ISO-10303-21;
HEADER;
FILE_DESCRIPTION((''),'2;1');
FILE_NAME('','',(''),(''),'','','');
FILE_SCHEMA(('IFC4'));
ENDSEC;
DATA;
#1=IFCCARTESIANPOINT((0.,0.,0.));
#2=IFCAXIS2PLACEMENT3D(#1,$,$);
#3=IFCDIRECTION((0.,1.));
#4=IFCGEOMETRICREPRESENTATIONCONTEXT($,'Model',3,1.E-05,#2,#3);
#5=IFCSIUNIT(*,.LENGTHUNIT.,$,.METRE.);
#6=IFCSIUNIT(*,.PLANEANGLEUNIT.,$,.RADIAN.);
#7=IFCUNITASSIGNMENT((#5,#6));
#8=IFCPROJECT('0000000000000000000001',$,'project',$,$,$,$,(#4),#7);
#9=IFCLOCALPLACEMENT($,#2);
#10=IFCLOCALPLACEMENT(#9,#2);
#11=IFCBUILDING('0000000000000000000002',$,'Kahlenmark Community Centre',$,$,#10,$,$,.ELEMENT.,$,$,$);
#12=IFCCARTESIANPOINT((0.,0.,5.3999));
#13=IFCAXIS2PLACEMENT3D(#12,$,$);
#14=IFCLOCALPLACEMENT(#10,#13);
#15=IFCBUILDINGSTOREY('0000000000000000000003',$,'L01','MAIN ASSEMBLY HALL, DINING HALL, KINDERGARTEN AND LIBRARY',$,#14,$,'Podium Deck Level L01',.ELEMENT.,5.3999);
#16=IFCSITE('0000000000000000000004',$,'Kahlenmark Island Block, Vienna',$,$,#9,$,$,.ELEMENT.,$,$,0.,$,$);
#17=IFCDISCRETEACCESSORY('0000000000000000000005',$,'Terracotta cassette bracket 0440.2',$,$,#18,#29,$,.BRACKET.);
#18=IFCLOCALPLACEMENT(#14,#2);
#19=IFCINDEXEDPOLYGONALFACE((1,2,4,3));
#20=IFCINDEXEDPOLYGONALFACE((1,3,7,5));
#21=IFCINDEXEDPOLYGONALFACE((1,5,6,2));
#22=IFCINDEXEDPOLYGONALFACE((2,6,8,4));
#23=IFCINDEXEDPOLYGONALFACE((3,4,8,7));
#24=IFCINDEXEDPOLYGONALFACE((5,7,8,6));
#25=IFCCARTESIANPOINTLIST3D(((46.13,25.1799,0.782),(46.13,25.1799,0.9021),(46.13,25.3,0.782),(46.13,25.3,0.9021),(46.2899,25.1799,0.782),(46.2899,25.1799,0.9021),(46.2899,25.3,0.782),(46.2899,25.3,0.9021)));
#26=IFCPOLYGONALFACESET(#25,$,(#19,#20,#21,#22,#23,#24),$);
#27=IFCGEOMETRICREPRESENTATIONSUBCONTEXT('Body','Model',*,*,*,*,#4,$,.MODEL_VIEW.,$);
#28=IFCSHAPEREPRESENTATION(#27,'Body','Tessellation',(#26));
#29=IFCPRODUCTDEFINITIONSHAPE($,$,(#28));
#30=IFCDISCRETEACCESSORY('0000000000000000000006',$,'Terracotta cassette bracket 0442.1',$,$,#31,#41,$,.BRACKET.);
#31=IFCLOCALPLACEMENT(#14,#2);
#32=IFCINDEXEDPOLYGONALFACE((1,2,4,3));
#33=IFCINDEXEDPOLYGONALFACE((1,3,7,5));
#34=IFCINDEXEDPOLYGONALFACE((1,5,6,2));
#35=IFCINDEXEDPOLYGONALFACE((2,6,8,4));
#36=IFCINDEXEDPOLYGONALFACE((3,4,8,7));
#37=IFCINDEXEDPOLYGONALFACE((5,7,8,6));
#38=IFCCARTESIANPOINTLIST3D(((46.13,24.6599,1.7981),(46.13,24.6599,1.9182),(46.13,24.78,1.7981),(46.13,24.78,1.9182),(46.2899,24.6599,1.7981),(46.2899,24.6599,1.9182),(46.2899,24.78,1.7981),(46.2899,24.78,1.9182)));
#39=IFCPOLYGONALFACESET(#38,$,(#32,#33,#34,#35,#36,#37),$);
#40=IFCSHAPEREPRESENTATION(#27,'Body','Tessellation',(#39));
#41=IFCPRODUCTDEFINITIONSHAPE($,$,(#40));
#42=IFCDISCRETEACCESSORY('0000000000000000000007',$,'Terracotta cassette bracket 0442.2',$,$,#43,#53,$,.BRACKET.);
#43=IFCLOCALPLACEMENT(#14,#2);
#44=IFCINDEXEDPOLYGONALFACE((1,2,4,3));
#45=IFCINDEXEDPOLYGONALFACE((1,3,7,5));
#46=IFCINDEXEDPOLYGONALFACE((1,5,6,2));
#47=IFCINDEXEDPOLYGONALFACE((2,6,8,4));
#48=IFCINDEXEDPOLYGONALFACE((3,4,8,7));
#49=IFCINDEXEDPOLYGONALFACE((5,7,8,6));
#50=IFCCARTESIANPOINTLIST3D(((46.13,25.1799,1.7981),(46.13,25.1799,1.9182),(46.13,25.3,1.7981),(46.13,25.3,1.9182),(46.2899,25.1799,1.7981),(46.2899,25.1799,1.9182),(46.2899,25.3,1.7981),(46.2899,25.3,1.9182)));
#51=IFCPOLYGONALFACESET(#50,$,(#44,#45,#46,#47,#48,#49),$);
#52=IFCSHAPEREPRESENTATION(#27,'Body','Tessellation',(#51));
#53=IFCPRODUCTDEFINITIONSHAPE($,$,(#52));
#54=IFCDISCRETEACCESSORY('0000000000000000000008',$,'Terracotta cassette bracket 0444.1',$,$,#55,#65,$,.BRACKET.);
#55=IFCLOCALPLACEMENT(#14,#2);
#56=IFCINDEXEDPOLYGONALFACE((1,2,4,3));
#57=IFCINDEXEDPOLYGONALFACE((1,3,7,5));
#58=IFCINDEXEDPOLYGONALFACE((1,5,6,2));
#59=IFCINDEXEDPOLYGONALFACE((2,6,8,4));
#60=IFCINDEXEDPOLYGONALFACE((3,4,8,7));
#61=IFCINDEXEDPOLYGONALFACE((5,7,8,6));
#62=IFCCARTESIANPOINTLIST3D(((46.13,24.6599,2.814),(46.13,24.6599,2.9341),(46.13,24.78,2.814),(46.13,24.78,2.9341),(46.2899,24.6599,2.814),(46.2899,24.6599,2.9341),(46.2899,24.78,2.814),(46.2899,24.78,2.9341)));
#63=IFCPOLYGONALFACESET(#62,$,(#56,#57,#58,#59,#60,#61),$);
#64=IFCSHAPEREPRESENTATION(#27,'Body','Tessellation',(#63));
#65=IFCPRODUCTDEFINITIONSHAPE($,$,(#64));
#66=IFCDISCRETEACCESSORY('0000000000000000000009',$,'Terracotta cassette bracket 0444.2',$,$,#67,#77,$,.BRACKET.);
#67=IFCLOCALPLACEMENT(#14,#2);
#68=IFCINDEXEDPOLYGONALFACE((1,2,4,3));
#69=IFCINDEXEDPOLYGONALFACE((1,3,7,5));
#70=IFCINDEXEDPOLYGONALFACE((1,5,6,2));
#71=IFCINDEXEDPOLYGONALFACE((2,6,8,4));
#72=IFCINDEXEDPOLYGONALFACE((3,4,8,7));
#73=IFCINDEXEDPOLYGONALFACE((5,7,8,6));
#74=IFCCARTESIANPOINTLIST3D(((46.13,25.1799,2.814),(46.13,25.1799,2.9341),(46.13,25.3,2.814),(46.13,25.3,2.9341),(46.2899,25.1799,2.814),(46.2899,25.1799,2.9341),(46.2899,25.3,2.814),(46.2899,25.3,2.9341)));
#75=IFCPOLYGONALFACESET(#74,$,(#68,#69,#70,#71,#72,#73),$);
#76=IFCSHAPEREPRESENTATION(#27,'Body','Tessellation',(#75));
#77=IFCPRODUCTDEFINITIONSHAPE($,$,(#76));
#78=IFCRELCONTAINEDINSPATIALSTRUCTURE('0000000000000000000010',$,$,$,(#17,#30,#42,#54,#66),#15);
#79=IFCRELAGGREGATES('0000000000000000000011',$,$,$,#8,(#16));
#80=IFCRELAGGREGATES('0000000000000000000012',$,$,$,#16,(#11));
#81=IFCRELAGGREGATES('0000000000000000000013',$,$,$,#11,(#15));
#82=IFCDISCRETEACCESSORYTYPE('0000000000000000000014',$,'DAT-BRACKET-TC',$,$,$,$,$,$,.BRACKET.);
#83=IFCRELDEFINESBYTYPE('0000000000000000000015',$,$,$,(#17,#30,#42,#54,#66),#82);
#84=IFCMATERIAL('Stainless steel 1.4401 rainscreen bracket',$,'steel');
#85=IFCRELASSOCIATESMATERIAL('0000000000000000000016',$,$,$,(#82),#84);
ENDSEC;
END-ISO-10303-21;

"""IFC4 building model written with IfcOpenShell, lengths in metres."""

from ifc_helpers import new_model, si_unit, direction, frame, origin, origin_2d, place, context, subcontext, project, spatial, rectangle, extrude, material, type_object, element, save


model = new_model("IFC4")

# Units and contexts
model_context = context("Model", 3, precision=1e-05, world=origin(), true_north=direction((0.0, 1.0)))
body_context = subcontext(model_context, "Body", "Model", "MODEL_VIEW")
ifc_project = project(units=[si_unit("LENGTHUNIT", "METRE"), si_unit("PLANEANGLEUNIT", "RADIAN")], contexts=[model_context])

# Site, building, storey
site_placement = place(None, origin())
site = spatial("IfcSite", under=ifc_project, at=site_placement, Name="Kahlenmark Island Block, Vienna", CompositionType="ELEMENT", RefElevation=0.0)
building_placement = place(site_placement, origin())
building = spatial("IfcBuilding", under=site, at=building_placement, Name="Kahlenmark Community Centre", CompositionType="ELEMENT")
storey_placement = place(building_placement, frame((0.0, 0.0, 5.3999)))
storey = spatial("IfcBuildingStorey", under=building, at=storey_placement, Name="L01", Description="MAIN ASSEMBLY HALL, DINING HALL, KINDERGARTEN AND LIBRARY", LongName="Podium Deck Level L01", CompositionType="ELEMENT", Elevation=5.3999)

# Discrete accessories
ifc_material_1 = material(Name="Stainless steel 1.4401 rainscreen bracket", Category="steel")
discrete_accessory_type = type_object("IfcDiscreteAccessoryType", Name="DAT-BRACKET-TC", PredefinedType="BRACKET", material=ifc_material_1)
for number, where, z_axis, x_axis, name in (
    (1, (46.21, 25.24, 0.782), (0.0, 0.0, 1.0), (0.0, 1.0, 0.0), "Terracotta cassette bracket 0440.2"),
    (2, (46.21, 24.72, 1.7981), (0.0, 0.0, 1.0), (0.0, 1.0, 0.0), "Terracotta cassette bracket 0442.1"),
    (3, (46.21, 25.24, 1.7981), (0.0, 0.0, 1.0), (0.0, 1.0, 0.0), "Terracotta cassette bracket 0442.2"),
    (4, (46.21, 24.72, 2.814), (0.0, 0.0, 1.0), (0.0, 1.0, 0.0), "Terracotta cassette bracket 0444.1"),
    (5, (46.21, 25.24, 2.814), (0.0, 0.0, 1.0), (0.0, 1.0, 0.0), "Terracotta cassette bracket 0444.2"),
):
    element("IfcDiscreteAccessory", number, at=place(storey_placement, frame(where, z_axis=z_axis, x_axis=x_axis)), inside=storey, type_object=discrete_accessory_type, Name=name, PredefinedType="BRACKET", context=body_context, shape_type="SweptSolid", body=[
        extrude(rectangle(XDim=0.1201, YDim=0.1599, at=origin_2d()), origin(), (0.0, 0.0, 1.0), 0.1201),
    ])

save(model, "model.ifc")
